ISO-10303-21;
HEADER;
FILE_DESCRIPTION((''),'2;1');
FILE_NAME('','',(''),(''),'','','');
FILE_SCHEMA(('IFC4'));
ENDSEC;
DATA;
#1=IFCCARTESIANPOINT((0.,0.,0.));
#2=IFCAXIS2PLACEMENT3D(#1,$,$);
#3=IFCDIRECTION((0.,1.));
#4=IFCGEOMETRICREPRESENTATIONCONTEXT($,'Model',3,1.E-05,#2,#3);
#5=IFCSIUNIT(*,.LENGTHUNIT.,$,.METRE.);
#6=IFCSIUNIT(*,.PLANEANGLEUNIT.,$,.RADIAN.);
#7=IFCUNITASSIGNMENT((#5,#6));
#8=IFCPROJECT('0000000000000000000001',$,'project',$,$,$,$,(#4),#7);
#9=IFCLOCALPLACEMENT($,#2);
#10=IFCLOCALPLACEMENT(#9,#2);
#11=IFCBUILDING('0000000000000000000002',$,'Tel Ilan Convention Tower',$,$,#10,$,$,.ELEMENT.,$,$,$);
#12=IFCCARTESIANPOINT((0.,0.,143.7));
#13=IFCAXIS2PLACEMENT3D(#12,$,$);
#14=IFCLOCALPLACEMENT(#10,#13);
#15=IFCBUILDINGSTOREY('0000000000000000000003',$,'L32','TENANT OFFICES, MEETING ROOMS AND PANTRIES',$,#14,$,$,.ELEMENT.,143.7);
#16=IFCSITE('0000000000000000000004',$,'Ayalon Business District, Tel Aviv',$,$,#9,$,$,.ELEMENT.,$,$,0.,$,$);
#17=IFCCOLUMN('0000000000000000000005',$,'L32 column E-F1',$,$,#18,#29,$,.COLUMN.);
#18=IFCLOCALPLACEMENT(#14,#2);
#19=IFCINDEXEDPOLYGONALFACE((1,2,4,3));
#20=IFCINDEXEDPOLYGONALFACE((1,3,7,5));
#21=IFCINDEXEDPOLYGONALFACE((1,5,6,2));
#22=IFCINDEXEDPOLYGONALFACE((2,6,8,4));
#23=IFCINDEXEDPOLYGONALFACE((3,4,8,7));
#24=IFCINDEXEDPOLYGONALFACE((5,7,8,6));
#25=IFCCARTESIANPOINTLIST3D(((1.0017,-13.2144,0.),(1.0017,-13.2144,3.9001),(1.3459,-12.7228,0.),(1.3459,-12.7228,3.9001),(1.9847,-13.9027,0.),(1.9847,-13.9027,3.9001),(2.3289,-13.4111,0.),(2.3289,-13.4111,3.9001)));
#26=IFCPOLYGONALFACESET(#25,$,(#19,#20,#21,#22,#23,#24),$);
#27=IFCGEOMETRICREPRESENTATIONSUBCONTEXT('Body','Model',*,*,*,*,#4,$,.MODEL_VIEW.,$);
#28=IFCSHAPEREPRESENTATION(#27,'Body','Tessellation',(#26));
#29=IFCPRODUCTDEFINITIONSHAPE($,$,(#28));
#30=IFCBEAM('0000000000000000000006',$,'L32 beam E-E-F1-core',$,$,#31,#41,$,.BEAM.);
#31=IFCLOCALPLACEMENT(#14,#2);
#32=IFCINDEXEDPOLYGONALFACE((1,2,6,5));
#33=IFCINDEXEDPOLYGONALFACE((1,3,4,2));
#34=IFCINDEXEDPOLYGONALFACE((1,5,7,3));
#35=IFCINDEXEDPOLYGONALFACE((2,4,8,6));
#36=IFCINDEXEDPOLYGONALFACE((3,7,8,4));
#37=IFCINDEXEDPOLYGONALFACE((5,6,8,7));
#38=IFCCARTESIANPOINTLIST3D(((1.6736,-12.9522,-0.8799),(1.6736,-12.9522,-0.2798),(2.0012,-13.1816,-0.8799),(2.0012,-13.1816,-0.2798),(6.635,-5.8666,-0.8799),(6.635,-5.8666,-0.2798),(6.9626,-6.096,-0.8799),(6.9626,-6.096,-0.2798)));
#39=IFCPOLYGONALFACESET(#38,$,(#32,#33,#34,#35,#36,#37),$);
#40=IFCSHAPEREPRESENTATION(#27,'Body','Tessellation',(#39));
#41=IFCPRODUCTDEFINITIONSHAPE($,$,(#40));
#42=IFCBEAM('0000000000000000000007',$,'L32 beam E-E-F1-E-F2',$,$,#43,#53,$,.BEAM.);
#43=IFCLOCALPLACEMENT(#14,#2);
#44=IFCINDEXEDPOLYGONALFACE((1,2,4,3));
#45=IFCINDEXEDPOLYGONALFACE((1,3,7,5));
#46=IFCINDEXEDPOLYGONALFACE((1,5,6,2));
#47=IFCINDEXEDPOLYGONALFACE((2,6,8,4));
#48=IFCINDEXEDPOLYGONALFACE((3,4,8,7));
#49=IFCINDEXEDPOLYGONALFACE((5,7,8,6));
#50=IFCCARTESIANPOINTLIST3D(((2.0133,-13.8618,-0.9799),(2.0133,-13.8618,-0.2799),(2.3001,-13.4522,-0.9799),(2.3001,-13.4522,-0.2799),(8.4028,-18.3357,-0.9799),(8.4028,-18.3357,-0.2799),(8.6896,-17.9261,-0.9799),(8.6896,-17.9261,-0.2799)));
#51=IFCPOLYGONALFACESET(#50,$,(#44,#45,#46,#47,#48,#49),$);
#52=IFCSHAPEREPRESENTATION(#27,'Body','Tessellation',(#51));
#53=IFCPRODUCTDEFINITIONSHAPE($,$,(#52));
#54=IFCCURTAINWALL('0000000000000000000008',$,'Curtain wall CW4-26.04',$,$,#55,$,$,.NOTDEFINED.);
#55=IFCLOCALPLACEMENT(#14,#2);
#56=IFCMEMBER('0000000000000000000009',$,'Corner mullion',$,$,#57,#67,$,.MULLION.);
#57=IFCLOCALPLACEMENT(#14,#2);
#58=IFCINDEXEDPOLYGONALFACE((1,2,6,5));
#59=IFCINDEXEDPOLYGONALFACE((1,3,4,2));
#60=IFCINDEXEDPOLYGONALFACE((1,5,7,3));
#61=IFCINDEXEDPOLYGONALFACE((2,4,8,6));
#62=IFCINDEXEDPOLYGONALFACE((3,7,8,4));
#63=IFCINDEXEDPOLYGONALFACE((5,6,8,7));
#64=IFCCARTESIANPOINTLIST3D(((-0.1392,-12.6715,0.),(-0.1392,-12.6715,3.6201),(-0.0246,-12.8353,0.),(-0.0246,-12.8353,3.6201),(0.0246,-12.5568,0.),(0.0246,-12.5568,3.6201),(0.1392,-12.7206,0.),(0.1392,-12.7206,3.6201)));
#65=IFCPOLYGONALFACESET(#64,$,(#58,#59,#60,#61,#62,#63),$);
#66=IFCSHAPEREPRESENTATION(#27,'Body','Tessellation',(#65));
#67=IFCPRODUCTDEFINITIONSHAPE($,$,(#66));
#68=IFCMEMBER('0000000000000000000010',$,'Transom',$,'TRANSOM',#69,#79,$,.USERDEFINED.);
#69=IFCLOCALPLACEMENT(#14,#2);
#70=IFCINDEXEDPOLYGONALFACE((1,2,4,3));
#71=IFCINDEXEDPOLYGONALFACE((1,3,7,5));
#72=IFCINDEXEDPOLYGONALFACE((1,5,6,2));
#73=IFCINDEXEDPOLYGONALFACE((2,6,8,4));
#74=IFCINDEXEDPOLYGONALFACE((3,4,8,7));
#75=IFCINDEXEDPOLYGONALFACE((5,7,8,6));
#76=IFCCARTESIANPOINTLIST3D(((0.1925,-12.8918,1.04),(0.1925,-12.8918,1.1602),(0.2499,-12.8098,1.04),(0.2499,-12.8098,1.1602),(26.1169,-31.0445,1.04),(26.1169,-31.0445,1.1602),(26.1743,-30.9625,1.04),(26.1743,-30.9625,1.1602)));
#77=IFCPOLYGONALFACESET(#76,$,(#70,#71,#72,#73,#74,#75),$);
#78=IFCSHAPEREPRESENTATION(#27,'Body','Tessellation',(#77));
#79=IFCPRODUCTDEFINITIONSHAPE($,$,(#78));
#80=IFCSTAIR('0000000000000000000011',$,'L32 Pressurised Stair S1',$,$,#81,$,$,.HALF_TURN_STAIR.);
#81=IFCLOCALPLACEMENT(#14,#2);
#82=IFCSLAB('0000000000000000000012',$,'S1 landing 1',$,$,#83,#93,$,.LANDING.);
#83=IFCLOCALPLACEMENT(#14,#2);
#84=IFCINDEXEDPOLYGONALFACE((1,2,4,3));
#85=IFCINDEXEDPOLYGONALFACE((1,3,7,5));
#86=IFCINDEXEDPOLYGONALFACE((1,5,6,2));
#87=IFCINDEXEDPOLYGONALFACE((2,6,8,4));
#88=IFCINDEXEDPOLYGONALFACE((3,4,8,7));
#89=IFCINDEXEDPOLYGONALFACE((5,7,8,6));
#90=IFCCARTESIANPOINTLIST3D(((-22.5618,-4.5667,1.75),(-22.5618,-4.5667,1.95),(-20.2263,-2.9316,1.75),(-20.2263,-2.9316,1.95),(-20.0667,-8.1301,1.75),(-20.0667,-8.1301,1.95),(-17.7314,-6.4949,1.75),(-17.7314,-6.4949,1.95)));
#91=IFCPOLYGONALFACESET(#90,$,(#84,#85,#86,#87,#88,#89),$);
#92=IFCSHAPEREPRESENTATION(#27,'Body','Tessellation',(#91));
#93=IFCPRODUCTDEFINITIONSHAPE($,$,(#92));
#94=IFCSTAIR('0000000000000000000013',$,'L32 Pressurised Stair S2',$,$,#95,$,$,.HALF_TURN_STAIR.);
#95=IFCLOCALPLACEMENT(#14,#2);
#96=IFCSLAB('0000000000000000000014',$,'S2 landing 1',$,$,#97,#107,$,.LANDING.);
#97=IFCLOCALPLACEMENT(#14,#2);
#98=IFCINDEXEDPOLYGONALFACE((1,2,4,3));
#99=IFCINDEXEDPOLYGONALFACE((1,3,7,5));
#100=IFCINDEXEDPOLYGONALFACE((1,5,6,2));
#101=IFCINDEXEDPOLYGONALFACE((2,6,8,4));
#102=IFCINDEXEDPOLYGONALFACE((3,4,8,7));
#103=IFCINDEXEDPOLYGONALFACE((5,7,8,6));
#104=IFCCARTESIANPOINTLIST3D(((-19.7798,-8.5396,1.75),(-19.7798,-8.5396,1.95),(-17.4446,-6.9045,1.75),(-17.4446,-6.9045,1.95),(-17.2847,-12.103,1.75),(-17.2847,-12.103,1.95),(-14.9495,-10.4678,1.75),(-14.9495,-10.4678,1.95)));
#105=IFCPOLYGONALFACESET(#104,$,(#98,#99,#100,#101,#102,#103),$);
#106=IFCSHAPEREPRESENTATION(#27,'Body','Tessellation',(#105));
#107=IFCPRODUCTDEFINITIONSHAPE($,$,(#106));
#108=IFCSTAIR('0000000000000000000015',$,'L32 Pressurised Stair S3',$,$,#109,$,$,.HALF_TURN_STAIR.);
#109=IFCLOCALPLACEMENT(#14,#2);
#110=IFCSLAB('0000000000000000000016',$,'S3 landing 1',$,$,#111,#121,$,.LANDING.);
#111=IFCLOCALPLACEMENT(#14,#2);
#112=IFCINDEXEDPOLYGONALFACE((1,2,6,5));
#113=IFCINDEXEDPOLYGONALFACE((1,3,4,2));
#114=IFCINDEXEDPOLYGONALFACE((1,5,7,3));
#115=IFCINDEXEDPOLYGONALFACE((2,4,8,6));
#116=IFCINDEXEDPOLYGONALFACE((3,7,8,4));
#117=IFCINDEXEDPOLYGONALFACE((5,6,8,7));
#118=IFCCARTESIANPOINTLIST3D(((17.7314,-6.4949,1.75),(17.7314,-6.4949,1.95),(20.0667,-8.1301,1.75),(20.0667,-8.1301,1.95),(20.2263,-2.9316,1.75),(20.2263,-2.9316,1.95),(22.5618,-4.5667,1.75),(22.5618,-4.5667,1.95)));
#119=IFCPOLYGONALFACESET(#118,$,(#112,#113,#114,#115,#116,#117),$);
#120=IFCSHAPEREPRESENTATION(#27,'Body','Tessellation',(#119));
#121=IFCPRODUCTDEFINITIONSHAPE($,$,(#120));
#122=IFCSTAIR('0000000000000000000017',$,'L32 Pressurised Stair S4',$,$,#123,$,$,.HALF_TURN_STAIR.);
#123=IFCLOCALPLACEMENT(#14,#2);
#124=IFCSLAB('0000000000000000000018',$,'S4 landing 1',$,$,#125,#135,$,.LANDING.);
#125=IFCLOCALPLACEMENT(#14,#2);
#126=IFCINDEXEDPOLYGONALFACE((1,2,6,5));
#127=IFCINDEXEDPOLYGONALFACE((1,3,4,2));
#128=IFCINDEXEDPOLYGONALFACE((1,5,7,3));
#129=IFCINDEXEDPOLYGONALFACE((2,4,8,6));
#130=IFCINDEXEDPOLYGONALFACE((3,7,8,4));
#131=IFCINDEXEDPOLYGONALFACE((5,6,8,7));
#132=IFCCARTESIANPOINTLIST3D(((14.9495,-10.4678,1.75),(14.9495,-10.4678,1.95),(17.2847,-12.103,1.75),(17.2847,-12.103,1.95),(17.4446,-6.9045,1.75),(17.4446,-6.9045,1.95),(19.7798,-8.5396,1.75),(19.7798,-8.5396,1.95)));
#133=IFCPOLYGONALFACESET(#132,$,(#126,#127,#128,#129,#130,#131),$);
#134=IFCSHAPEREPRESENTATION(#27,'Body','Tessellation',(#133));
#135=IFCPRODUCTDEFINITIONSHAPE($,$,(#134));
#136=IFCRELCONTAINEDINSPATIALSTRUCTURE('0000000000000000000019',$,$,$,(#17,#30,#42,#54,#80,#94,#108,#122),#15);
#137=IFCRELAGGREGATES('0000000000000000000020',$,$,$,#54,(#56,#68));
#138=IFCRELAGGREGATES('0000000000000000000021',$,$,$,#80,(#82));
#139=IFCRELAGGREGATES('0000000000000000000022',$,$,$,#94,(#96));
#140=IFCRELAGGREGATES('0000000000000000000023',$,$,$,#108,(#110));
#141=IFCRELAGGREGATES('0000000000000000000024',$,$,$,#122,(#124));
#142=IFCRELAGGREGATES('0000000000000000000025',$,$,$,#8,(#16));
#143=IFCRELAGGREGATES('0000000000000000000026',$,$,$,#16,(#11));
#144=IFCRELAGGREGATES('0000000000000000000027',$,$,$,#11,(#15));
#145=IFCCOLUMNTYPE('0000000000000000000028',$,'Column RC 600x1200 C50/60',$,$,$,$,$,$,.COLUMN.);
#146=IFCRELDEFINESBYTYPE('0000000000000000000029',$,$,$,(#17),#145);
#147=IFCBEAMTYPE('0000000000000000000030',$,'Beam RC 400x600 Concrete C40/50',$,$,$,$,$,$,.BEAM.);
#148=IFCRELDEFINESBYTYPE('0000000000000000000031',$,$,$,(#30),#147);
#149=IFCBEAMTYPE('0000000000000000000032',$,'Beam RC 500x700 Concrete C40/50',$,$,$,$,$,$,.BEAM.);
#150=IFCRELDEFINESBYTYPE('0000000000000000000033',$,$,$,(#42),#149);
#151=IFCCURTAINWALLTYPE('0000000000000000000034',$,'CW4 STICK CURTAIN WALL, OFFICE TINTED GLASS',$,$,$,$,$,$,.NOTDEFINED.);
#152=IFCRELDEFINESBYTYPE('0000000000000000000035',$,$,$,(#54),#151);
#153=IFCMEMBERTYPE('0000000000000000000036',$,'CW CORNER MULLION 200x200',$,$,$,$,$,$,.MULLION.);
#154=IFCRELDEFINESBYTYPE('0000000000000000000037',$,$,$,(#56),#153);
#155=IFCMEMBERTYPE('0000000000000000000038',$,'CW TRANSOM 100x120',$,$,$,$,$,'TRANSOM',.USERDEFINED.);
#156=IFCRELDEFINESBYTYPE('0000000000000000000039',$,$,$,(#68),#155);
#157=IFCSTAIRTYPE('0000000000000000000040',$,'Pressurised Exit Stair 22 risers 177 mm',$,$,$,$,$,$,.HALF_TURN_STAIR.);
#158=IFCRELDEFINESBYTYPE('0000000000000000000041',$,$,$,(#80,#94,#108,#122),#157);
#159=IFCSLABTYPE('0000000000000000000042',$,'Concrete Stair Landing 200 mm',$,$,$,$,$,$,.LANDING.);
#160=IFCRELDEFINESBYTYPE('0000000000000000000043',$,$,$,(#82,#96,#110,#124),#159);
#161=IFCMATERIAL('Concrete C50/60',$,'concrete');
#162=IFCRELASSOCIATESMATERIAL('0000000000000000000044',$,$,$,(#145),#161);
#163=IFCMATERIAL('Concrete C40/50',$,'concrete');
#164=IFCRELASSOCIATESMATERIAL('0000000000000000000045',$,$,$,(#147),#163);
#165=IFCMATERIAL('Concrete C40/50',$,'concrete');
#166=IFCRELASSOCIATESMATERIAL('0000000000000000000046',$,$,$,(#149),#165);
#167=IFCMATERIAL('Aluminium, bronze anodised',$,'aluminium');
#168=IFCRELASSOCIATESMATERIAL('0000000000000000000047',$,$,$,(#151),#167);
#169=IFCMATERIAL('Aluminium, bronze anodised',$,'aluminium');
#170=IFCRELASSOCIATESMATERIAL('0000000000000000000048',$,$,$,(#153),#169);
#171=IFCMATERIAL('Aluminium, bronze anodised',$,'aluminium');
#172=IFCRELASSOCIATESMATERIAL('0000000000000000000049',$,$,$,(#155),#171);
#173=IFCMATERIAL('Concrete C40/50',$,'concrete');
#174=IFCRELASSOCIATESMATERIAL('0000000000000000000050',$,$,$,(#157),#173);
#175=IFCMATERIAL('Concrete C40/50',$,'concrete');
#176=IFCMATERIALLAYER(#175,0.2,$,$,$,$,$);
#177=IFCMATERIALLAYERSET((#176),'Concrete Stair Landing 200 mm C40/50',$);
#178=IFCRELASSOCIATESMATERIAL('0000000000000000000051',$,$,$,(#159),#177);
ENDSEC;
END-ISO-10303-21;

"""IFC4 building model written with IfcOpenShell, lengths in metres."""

from ifc_helpers import new_model, si_unit, direction, frame, origin, origin_2d, place, context, subcontext, project, spatial, polyline, rectangle, outline, extrude, material, layer, layer_set, material_profile, profile_set, type_object, element, aggregate, save


model = new_model("IFC4")

# Units and contexts
model_context = context("Model", 3, precision=1e-05, world=origin(), true_north=direction((0.0, 1.0)))
body_context = subcontext(model_context, "Body", "Model", "MODEL_VIEW")
ifc_project = project(units=[si_unit("LENGTHUNIT", "METRE"), si_unit("PLANEANGLEUNIT", "RADIAN")], contexts=[model_context])

# Site, building, storey
site_placement = place(None, origin())
site = spatial("IfcSite", under=ifc_project, at=site_placement, Name="Ayalon Business District, Tel Aviv", CompositionType="ELEMENT", RefElevation=0.0)
building_placement = place(site_placement, origin())
building = spatial("IfcBuilding", under=site, at=building_placement, Name="Tel Ilan Convention Tower", CompositionType="ELEMENT")
storey_placement = place(building_placement, frame((0.0, 0.0, 143.7)))
storey = spatial("IfcBuildingStorey", under=building, at=storey_placement, Name="L32", Description="TENANT OFFICES, MEETING ROOMS AND PANTRIES", CompositionType="ELEMENT", Elevation=143.7)

# Column
ifc_material_1 = material(Name="Concrete C50/60", Category="concrete")
ifc_material_profile_1 = material_profile(ifc_material_1, rectangle(XDim=1.2, YDim=0.6001, at=origin_2d()), Name="RC 600x1200")
ifc_profile_set_1 = profile_set([ifc_material_profile_1], Name="Concrete C50/60")
column_type = type_object("IfcColumnType", Name="Column RC 600x1200 C50/60", PredefinedType="COLUMN", material=ifc_profile_set_1)
column_placement = place(storey_placement, frame((1.6653, -13.3127, 0.0), z_axis=(0.0, 0.0, 1.0), x_axis=(0.819152, -0.573576, 0.0)))
element("IfcColumn", 1, at=column_placement, inside=storey, type_object=column_type, Name="L32 column E-F1", PredefinedType="COLUMN", context=body_context, shape_type="SweptSolid", body=[
    extrude(rectangle(XDim=1.2, YDim=0.6001, at=origin_2d()), origin(), (0.0, 0.0, 1.0), 3.9001),
])

# Beams
ifc_material_2 = material(Name="Concrete C40/50", Category="concrete")
ifc_material_profile_2 = material_profile(ifc_material_2, rectangle(XDim=0.3999, YDim=0.6001, at=origin_2d()), Name="RC 400x600")
ifc_profile_set_2 = profile_set([ifc_material_profile_2], Name="Concrete C40/50")
beam_type_1 = type_object("IfcBeamType", Name="Beam RC 400x600 Concrete C40/50", PredefinedType="BEAM", material=ifc_profile_set_2)
beam_1_placement = place(storey_placement, frame((1.8374, -13.0669, -0.5798), z_axis=(0.573574, 0.819154, 0.0), x_axis=(-0.819154, 0.573574, 0.0)))
element("IfcBeam", 2, at=beam_1_placement, inside=storey, type_object=beam_type_1, Name="L32 beam E-E-F1-core", PredefinedType="BEAM", context=body_context, shape_type="SweptSolid", body=[
    extrude(rectangle(XDim=0.3999, YDim=0.6001, at=origin_2d()), origin(), (0.0, 0.0, 1.0), 8.6499),
])
ifc_material_3 = material(Name="Concrete C40/50", Category="concrete")
ifc_material_profile_3 = material_profile(ifc_material_3, rectangle(XDim=0.5, YDim=0.7, at=origin_2d()), Name="RC 500x700")
ifc_profile_set_3 = profile_set([ifc_material_profile_3], Name="Concrete C40/50")
beam_type_2 = type_object("IfcBeamType", Name="Beam RC 500x700 Concrete C40/50", PredefinedType="BEAM", material=ifc_profile_set_3)
beam_2_placement = place(storey_placement, frame((2.1567, -13.657, -0.6299), z_axis=(0.819154, -0.573574, 0.0), x_axis=(0.573574, 0.819154, 0.0)))
element("IfcBeam", 3, at=beam_2_placement, inside=storey, type_object=beam_type_2, Name="L32 beam E-E-F1-E-F2", PredefinedType="BEAM", context=body_context, shape_type="SweptSolid", body=[
    extrude(rectangle(XDim=0.5, YDim=0.7, at=origin_2d()), origin(), (0.0, 0.0, 1.0), 7.8),
])

# Curtain wall, members
ifc_material_4 = material(Name="Aluminium, bronze anodised", Category="aluminium")
curtain_wall_type = type_object("IfcCurtainWallType", Name="CW4 STICK CURTAIN WALL, OFFICE TINTED GLASS", PredefinedType="NOTDEFINED", material=ifc_material_4)
curtain_wall_placement = place(storey_placement, origin())
curtain_wall = element("IfcCurtainWall", 4, at=curtain_wall_placement, inside=storey, type_object=curtain_wall_type, Name="Curtain wall CW4-26.04", PredefinedType="NOTDEFINED")
ifc_material_5 = material(Name="Aluminium, bronze anodised", Category="aluminium")
ifc_material_profile_4 = material_profile(ifc_material_5, rectangle(XDim=0.2, YDim=0.2, at=origin_2d()), Name="CW CORNER MULLION 200x200")
ifc_profile_set_4 = profile_set([ifc_material_profile_4], Name="Aluminium, bronze anodised")
member_type_1 = type_object("IfcMemberType", Name="CW CORNER MULLION 200x200", PredefinedType="MULLION", material=ifc_profile_set_4)
member_1_placement = place(storey_placement, frame((0.0, -12.696, 0.0), z_axis=(0.0, 0.0, 1.0), x_axis=(0.819152, 0.573576, 0.0)))
member_1 = element("IfcMember", 5, at=member_1_placement, type_object=member_type_1, Name="Corner mullion", PredefinedType="MULLION", context=body_context, shape_type="SweptSolid", body=[
    extrude(rectangle(XDim=0.2, YDim=0.2, at=origin_2d()), origin(), (0.0, 0.0, 1.0), 3.6201),
])
ifc_material_6 = material(Name="Aluminium, bronze anodised", Category="aluminium")
ifc_material_profile_5 = material_profile(ifc_material_6, rectangle(XDim=0.1001, YDim=0.1201, at=origin_2d()), Name="CW TRANSOM 100x120")
ifc_profile_set_5 = profile_set([ifc_material_profile_5], Name="Aluminium, bronze anodised")
member_type_2 = type_object("IfcMemberType", Name="CW TRANSOM 100x120", ElementType="TRANSOM", PredefinedType="USERDEFINED", material=ifc_profile_set_5)
member_2_placement = place(storey_placement, frame((0.2212, -12.8508, 1.1001), z_axis=(0.819149, -0.57358, 0.0), x_axis=(0.57358, 0.819149, 0.0)))
member_2 = element("IfcMember", 6, at=member_2_placement, type_object=member_type_2, Name="Transom", ObjectType="TRANSOM", PredefinedType="USERDEFINED", context=body_context, shape_type="SweptSolid", body=[
    extrude(rectangle(XDim=0.1001, YDim=0.1201, at=origin_2d()), origin(), (0.0, 0.0, 1.0), 31.6479),
])
aggregate(curtain_wall, [member_1, member_2])

# Stairs, slabs
ifc_material_7 = material(Name="Concrete C40/50", Category="concrete")
stair_type = type_object("IfcStairType", Name="Pressurised Exit Stair 22 risers 177 mm", PredefinedType="HALF_TURN_STAIR", material=ifc_material_7)
stair_1_placement = place(storey_placement, origin())
stair_1 = element("IfcStair", 7, at=stair_1_placement, inside=storey, type_object=stair_type, Name="L32 Pressurised Stair S1", PredefinedType="HALF_TURN_STAIR")
ifc_material_8 = material(Name="Concrete C40/50", Category="concrete")
ifc_layer_1 = layer(ifc_material_8, 0.2)
ifc_layer_set_1 = layer_set([ifc_layer_1], Name="Concrete Stair Landing 200 mm C40/50")
slab_type_1 = type_object("IfcSlabType", Name="Concrete Stair Landing 200 mm", PredefinedType="LANDING", material=ifc_layer_set_1)
slab_1_placement = place(storey_placement, frame((0.0, 0.0, 1.75)))
slab_1 = element("IfcSlab", 8, at=slab_1_placement, type_object=slab_type_1, Name="S1 landing 1", PredefinedType="LANDING", context=body_context, shape_type="SweptSolid", body=[
    extrude(outline(polyline([(-20.0667, -8.1301), (-17.7314, -6.4949), (-20.2263, -2.9316), (-22.5618, -4.5667), (-20.0667, -8.1301)])), origin(), (0.0, 0.0, 1.0), 0.2),
])
aggregate(stair_1, [slab_1])
stair_2_placement = place(storey_placement, origin())
stair_2 = element("IfcStair", 9, at=stair_2_placement, inside=storey, type_object=stair_type, Name="L32 Pressurised Stair S2", PredefinedType="HALF_TURN_STAIR")
slab_2_placement = place(storey_placement, frame((0.0, 0.0, 1.75)))
slab_2 = element("IfcSlab", 10, at=slab_2_placement, type_object=slab_type_1, Name="S2 landing 1", PredefinedType="LANDING", context=body_context, shape_type="SweptSolid", body=[
    extrude(outline(polyline([(-17.2847, -12.103), (-14.9495, -10.4678), (-17.4446, -6.9045), (-19.7798, -8.5396), (-17.2847, -12.103)])), origin(), (0.0, 0.0, 1.0), 0.2),
])
aggregate(stair_2, [slab_2])
stair_3_placement = place(storey_placement, origin())
stair_3 = element("IfcStair", 11, at=stair_3_placement, inside=storey, type_object=stair_type, Name="L32 Pressurised Stair S3", PredefinedType="HALF_TURN_STAIR")
slab_3_placement = place(storey_placement, frame((0.0, 0.0, 1.75)))
slab_3 = element("IfcSlab", 12, at=slab_3_placement, type_object=slab_type_1, Name="S3 landing 1", PredefinedType="LANDING", context=body_context, shape_type="SweptSolid", body=[
    extrude(outline(polyline([(22.5618, -4.5667), (20.2263, -2.9316), (17.7314, -6.4949), (20.0667, -8.1301), (22.5618, -4.5667)])), origin(), (0.0, 0.0, 1.0), 0.2),
])
aggregate(stair_3, [slab_3])
stair_4_placement = place(storey_placement, origin())
stair_4 = element("IfcStair", 13, at=stair_4_placement, inside=storey, type_object=stair_type, Name="L32 Pressurised Stair S4", PredefinedType="HALF_TURN_STAIR")
slab_4_placement = place(storey_placement, frame((0.0, 0.0, 1.75)))
slab_4 = element("IfcSlab", 14, at=slab_4_placement, type_object=slab_type_1, Name="S4 landing 1", PredefinedType="LANDING", context=body_context, shape_type="SweptSolid", body=[
    extrude(outline(polyline([(19.7798, -8.5396), (17.4446, -6.9045), (14.9495, -10.4678), (17.2847, -12.103), (19.7798, -8.5396)])), origin(), (0.0, 0.0, 1.0), 0.2),
])
aggregate(stair_4, [slab_4])

save(model, "model.ifc")
